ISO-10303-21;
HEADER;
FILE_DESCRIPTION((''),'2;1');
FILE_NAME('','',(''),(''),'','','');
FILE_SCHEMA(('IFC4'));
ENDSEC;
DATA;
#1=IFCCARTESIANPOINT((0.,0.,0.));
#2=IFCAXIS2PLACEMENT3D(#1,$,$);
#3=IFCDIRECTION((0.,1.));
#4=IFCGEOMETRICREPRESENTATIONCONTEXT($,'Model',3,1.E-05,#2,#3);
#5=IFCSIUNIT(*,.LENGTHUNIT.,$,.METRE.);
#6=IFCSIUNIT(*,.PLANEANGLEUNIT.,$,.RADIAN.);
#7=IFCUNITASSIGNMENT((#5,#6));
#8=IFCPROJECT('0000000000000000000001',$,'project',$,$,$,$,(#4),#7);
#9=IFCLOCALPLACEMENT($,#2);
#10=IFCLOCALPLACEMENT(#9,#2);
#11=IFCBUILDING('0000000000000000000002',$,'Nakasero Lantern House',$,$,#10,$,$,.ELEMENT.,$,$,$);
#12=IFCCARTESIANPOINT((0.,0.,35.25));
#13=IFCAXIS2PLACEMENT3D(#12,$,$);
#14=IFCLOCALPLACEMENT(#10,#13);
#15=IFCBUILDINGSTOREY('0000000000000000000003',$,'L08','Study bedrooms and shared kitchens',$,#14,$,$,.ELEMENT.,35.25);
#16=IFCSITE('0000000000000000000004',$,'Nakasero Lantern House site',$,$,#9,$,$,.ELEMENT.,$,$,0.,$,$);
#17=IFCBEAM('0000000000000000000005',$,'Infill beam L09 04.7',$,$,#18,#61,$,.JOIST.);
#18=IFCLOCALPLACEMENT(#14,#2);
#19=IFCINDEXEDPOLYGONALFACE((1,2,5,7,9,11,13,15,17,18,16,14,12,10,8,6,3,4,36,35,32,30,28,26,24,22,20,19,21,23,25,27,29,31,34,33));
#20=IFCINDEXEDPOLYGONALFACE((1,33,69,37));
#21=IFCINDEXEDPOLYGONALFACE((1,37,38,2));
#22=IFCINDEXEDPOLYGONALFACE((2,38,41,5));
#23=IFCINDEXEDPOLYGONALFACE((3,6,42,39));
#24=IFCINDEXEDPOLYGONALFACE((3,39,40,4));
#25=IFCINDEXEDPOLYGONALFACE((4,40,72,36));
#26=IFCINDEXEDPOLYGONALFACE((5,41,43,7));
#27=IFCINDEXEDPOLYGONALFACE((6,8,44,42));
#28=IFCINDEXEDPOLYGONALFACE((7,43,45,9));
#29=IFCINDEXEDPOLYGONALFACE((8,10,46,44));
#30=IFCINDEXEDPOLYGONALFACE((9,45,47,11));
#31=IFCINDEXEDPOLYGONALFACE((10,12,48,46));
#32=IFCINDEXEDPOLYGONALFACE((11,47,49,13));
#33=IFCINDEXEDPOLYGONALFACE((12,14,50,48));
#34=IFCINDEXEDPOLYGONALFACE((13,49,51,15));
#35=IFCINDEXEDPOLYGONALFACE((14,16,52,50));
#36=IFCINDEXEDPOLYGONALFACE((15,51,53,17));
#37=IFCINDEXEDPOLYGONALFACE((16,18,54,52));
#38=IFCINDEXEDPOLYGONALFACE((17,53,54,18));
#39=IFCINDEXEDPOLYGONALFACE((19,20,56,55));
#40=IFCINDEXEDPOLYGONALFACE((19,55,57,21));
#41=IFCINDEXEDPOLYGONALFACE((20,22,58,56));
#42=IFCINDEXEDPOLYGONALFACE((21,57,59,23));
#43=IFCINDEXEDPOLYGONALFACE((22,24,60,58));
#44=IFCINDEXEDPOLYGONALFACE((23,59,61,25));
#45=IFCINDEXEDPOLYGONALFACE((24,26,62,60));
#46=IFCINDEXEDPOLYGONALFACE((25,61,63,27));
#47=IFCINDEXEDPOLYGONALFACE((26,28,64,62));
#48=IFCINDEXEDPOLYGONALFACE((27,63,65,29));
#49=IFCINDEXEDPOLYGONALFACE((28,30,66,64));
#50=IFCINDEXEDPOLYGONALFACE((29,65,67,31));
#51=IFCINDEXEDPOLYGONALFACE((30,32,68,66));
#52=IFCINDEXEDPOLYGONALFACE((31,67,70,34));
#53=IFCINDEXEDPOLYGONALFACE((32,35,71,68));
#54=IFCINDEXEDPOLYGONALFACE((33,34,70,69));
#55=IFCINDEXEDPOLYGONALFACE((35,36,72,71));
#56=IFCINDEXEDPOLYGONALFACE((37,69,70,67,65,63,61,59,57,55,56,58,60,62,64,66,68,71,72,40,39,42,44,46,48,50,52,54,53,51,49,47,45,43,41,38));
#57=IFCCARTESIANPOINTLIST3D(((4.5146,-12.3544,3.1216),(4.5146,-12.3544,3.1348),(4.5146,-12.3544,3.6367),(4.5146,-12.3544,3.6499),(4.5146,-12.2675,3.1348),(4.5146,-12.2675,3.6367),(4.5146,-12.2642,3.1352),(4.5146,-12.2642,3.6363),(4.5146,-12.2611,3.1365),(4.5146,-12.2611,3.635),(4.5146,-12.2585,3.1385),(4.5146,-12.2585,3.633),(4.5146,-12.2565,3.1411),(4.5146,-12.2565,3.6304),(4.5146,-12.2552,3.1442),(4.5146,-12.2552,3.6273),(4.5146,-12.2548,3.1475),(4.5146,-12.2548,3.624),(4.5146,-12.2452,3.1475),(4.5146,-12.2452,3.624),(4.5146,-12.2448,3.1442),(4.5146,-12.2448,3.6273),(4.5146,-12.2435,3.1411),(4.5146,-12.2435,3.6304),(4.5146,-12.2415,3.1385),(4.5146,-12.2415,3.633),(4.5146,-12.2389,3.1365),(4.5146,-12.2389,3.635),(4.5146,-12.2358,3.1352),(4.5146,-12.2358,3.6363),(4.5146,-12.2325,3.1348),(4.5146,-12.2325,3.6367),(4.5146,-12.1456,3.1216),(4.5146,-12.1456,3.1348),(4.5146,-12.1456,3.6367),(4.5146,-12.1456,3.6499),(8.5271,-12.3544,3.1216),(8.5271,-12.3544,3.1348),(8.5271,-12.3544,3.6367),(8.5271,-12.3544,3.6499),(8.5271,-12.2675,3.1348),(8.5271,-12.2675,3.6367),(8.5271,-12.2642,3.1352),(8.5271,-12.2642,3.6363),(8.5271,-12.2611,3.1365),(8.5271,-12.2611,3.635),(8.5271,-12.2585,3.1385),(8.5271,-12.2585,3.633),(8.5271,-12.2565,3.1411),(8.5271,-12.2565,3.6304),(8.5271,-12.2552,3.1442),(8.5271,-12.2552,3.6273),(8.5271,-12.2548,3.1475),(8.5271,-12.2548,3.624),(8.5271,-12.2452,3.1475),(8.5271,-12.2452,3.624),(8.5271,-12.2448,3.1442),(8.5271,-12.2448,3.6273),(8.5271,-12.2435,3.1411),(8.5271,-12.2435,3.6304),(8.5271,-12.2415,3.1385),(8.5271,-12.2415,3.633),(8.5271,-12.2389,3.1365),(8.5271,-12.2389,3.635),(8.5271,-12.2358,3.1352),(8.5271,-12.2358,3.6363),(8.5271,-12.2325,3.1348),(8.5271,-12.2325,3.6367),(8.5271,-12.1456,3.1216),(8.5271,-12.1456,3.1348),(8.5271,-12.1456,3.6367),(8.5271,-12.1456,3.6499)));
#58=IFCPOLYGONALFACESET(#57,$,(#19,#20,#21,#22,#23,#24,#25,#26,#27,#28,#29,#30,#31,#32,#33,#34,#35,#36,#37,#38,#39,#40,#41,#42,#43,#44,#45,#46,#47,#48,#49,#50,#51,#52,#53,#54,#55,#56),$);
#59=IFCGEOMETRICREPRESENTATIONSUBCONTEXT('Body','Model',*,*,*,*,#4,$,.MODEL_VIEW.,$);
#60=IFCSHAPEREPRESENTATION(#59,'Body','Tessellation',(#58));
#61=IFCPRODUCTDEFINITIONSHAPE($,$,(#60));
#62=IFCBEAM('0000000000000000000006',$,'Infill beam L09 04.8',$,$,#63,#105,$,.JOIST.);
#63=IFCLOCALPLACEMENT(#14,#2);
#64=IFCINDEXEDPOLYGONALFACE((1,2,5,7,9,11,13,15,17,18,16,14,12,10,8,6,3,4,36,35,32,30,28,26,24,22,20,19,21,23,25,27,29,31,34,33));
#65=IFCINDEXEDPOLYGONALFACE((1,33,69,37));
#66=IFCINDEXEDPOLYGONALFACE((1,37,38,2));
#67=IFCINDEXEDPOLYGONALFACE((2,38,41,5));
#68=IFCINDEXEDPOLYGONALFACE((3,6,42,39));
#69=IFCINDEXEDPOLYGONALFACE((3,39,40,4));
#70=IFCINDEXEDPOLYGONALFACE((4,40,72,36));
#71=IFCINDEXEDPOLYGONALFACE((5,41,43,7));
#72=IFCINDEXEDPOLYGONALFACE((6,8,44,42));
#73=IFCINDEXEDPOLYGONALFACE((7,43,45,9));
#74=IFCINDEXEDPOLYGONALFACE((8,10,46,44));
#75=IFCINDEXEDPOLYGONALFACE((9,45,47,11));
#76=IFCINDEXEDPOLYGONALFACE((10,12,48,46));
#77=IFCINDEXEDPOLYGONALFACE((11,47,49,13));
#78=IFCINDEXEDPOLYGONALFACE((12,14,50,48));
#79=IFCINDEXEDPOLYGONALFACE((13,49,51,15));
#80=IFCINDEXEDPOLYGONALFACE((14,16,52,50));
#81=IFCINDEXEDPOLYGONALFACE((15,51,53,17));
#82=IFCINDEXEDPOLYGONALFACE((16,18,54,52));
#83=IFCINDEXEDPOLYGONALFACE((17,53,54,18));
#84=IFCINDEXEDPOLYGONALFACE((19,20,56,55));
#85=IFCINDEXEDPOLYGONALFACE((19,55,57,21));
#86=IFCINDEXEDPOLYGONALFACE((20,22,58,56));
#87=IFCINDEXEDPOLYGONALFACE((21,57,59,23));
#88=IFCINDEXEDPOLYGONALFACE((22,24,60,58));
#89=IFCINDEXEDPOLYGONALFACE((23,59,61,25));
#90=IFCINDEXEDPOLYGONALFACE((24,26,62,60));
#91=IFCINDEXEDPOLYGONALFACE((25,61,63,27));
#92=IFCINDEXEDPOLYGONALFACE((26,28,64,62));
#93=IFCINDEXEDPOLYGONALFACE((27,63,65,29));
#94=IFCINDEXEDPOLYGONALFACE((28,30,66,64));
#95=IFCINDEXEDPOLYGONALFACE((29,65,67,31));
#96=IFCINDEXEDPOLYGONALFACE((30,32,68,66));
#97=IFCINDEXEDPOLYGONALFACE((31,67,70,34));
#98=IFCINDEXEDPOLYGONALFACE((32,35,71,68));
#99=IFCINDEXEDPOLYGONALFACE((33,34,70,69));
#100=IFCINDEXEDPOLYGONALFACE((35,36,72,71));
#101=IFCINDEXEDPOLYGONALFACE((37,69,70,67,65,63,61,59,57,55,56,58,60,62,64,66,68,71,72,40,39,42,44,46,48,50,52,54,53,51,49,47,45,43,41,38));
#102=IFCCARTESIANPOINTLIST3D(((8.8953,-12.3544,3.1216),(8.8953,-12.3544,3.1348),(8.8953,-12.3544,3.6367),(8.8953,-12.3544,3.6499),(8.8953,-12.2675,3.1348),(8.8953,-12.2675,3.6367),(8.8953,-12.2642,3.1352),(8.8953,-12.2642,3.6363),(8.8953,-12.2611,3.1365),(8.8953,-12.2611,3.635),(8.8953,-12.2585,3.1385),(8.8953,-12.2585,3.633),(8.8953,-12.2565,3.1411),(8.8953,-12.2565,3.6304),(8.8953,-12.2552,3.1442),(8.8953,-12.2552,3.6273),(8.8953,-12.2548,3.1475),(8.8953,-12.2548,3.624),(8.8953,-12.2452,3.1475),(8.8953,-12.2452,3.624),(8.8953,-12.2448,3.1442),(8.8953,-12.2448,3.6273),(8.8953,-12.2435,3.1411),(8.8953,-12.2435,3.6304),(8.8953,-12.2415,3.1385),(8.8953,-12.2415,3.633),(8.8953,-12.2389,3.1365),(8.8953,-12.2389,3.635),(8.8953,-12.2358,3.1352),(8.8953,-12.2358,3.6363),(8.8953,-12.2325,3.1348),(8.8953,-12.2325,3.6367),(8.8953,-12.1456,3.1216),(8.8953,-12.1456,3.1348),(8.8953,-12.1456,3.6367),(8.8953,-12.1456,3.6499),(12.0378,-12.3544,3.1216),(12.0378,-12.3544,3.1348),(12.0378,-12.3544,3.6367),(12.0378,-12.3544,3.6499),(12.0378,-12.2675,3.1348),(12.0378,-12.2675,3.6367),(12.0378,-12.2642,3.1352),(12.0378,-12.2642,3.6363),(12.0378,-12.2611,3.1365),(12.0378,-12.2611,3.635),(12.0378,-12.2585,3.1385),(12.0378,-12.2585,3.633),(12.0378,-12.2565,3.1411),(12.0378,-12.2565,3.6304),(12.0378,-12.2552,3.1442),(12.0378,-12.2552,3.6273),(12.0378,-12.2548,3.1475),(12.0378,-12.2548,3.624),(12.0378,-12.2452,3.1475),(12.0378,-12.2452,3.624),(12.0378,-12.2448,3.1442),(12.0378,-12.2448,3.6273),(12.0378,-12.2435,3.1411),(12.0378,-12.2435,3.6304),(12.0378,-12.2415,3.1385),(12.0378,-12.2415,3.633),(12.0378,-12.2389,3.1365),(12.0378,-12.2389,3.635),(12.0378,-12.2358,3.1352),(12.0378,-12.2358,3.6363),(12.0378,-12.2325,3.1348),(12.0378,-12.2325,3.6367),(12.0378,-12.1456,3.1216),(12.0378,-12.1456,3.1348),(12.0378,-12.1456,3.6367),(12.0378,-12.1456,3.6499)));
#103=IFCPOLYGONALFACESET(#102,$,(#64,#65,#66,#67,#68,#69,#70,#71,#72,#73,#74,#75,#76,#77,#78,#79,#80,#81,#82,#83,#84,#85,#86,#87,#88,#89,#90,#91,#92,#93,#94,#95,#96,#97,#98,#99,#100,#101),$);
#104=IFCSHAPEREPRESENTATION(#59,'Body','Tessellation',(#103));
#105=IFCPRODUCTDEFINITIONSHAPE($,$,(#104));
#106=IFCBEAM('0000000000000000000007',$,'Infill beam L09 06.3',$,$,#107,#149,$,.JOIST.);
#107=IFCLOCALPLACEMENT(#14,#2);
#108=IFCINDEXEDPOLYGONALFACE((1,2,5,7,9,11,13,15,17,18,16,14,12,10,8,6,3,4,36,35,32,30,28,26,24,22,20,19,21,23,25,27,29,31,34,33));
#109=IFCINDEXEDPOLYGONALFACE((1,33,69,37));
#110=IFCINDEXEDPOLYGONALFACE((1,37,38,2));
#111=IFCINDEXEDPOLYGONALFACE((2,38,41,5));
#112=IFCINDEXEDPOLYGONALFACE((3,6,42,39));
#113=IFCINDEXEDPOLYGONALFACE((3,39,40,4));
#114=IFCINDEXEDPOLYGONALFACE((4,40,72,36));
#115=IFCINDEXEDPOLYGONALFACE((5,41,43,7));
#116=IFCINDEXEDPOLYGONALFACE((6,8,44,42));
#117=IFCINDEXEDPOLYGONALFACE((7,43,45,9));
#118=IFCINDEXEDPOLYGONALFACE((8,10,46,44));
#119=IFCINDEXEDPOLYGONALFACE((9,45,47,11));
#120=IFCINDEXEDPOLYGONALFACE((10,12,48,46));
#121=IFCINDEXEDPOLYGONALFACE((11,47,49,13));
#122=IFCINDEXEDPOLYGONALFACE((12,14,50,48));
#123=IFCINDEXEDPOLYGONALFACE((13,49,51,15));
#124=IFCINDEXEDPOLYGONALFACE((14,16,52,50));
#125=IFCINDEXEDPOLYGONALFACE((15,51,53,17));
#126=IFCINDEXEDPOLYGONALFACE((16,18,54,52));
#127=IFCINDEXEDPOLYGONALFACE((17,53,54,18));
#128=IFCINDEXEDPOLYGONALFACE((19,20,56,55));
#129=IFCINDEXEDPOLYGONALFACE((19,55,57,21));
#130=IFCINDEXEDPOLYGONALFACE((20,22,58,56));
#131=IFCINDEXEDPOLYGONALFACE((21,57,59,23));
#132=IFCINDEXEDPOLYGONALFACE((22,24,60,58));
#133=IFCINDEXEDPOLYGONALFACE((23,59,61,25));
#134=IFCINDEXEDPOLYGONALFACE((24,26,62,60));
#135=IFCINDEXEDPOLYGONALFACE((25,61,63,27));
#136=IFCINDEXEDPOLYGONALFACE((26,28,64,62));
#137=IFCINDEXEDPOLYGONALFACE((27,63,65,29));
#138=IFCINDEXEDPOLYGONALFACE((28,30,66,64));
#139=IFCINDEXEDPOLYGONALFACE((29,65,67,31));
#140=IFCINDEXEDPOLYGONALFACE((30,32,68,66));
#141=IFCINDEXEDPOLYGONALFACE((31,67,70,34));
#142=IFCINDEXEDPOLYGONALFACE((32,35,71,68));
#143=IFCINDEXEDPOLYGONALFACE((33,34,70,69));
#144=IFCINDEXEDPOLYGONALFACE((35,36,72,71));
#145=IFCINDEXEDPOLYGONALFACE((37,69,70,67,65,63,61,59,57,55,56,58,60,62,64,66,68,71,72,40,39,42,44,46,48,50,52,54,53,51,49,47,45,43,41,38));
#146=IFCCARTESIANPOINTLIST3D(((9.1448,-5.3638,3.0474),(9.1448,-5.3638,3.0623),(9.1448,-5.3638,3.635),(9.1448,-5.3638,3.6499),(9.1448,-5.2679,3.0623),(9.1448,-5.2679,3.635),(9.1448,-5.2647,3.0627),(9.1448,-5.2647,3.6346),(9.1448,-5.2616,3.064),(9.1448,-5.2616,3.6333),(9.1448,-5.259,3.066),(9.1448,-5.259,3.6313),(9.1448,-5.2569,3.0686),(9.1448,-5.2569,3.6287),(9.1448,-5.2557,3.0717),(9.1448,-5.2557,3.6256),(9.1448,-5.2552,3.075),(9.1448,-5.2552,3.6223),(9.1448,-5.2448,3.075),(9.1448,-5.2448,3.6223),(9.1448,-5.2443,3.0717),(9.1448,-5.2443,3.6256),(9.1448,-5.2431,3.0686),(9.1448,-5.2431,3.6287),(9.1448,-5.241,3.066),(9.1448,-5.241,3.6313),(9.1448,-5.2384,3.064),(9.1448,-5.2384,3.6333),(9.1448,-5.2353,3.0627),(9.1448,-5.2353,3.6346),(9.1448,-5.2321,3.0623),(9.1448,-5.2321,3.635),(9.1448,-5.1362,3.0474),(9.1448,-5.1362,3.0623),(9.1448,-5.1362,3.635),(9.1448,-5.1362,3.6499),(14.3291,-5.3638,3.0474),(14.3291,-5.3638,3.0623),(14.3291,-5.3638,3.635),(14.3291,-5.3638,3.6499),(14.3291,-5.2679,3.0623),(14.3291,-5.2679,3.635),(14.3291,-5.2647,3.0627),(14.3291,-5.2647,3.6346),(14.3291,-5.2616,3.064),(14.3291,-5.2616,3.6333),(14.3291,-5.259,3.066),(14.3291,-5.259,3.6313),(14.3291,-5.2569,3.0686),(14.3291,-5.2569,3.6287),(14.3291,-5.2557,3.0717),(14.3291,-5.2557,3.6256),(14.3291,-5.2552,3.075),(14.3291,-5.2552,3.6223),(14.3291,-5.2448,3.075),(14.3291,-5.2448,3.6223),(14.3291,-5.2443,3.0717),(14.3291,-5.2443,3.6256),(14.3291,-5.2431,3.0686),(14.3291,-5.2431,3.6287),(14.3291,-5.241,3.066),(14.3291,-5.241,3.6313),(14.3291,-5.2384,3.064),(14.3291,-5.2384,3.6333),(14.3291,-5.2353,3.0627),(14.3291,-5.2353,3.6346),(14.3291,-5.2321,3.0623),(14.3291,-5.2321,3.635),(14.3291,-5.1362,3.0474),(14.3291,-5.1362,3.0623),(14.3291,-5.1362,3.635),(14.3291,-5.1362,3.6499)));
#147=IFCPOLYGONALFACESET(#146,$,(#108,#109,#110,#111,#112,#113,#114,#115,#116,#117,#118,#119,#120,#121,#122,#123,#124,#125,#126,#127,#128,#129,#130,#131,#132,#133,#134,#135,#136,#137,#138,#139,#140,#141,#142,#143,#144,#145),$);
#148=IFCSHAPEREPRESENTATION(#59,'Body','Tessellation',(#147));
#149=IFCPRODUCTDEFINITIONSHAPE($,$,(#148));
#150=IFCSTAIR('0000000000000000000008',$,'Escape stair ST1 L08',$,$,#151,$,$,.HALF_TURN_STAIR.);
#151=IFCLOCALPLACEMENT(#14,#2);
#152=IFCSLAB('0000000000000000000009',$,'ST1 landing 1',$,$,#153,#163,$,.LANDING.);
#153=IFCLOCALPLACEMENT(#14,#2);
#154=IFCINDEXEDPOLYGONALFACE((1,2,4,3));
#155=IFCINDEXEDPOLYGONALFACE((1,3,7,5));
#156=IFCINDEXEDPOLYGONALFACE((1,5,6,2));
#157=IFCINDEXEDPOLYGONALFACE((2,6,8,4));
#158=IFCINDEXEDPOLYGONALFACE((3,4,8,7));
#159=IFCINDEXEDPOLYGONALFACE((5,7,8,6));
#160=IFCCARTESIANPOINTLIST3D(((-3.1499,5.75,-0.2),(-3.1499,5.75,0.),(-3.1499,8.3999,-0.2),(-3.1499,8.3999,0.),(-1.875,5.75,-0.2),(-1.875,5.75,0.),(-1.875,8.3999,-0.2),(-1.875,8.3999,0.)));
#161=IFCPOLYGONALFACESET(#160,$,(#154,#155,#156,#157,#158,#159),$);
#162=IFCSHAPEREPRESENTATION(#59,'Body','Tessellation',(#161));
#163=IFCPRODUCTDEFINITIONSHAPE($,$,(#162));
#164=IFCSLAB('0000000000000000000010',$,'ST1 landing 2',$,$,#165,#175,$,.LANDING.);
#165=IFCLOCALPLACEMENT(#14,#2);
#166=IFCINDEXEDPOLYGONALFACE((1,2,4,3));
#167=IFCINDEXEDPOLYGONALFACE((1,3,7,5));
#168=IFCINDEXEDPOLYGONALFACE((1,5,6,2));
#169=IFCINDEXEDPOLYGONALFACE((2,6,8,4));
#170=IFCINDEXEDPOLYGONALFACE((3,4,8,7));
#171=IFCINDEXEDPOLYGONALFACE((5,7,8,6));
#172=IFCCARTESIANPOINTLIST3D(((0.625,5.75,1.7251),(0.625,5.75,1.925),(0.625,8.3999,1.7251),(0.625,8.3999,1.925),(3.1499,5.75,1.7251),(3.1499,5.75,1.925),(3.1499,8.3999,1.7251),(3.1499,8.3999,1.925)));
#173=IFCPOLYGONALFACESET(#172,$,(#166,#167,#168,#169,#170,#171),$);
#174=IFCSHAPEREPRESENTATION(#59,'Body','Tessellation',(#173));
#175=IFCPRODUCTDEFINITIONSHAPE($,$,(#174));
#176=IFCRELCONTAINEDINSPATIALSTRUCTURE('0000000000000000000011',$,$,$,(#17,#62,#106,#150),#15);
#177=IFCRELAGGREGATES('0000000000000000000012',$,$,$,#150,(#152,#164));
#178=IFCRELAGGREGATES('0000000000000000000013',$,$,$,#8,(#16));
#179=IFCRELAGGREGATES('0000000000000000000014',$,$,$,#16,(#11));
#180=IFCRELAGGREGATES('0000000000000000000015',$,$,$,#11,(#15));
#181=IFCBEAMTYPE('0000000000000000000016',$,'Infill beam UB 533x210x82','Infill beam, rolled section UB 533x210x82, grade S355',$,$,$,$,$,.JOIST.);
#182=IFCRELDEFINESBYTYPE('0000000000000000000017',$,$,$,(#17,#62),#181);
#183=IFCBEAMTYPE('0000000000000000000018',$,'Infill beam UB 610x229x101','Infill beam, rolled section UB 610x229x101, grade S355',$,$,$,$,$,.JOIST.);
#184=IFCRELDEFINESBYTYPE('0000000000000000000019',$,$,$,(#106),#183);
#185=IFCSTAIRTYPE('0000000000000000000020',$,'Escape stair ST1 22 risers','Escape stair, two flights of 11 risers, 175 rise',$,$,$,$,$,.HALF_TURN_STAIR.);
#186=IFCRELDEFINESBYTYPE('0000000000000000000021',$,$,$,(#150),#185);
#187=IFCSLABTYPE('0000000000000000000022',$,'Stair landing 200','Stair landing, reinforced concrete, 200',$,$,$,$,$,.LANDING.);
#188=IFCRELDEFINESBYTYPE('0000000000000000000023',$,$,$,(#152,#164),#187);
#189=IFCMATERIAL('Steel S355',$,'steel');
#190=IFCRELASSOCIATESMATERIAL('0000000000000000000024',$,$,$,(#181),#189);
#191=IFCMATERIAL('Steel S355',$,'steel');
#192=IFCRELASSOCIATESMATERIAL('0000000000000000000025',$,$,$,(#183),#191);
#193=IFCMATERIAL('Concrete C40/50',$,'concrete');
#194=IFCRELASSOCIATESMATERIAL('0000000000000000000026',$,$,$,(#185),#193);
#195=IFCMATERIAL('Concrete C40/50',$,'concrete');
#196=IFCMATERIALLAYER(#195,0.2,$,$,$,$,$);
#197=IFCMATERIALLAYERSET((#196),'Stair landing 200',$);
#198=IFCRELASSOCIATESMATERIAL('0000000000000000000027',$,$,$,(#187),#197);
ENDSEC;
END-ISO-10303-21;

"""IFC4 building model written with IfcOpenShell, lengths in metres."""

from ifc_helpers import new_model, si_unit, direction, frame, origin, origin_2d, place, context, subcontext, project, spatial, polyline, i_section, outline, extrude, material, layer, layer_set, material_profile, profile_set, type_object, element, aggregate, save


model = new_model("IFC4")

# Units and contexts
model_context = context("Model", 3, precision=1e-05, world=origin(), true_north=direction((0.0, 1.0)))
body_context = subcontext(model_context, "Body", "Model", "MODEL_VIEW")
ifc_project = project(units=[si_unit("LENGTHUNIT", "METRE"), si_unit("PLANEANGLEUNIT", "RADIAN")], contexts=[model_context])

# Site, building, storey
site_placement = place(None, origin())
site = spatial("IfcSite", under=ifc_project, at=site_placement, Name="Nakasero Lantern House site", CompositionType="ELEMENT", RefElevation=0.0)
building_placement = place(site_placement, origin())
building = spatial("IfcBuilding", under=site, at=building_placement, Name="Nakasero Lantern House", CompositionType="ELEMENT")
storey_placement = place(building_placement, frame((0.0, 0.0, 35.25)))
storey = spatial("IfcBuildingStorey", under=building, at=storey_placement, Name="L08", Description="Study bedrooms and shared kitchens", CompositionType="ELEMENT", Elevation=35.25)

# Beams
ifc_material_1 = material(Name="Steel S355", Category="steel")
ifc_material_profile_1 = material_profile(ifc_material_1, i_section(OverallWidth=0.2087, OverallDepth=0.5283, WebThickness=0.0095, FlangeThickness=0.0132, FilletRadius=0.0127, at=origin_2d()), Name="UB 533x210x82")
ifc_profile_set_1 = profile_set([ifc_material_profile_1], Name="Steel S355")
beam_type_1 = type_object("IfcBeamType", Name="Infill beam UB 533x210x82", Description="Infill beam, rolled section UB 533x210x82, grade S355", PredefinedType="JOIST", material=ifc_profile_set_1)
beam_1_placement = place(storey_placement, frame((4.5146, -12.25, 3.3857), z_axis=(1.0, 0.0, 0.0), x_axis=(0.0, 1.0, 0.0)))
element("IfcBeam", 1, at=beam_1_placement, inside=storey, type_object=beam_type_1, Name="Infill beam L09 04.7", PredefinedType="JOIST", context=body_context, shape_type="SweptSolid", body=[
    extrude(i_section(OverallWidth=0.2087, OverallDepth=0.5283, WebThickness=0.0095, FlangeThickness=0.0132, FilletRadius=0.0127, at=origin_2d()), origin(), (0.0, 0.0, 1.0), 4.0125),
])
beam_2_placement = place(storey_placement, frame((8.8953, -12.25, 3.3857), z_axis=(1.0, 0.0, 0.0), x_axis=(0.0, 1.0, 0.0)))
element("IfcBeam", 2, at=beam_2_placement, inside=storey, type_object=beam_type_1, Name="Infill beam L09 04.8", PredefinedType="JOIST", context=body_context, shape_type="SweptSolid", body=[
    extrude(i_section(OverallWidth=0.2087, OverallDepth=0.5283, WebThickness=0.0095, FlangeThickness=0.0132, FilletRadius=0.0127, at=origin_2d()), origin(), (0.0, 0.0, 1.0), 3.1426),
])
ifc_material_2 = material(Name="Steel S355", Category="steel")
ifc_material_profile_2 = material_profile(ifc_material_2, i_section(OverallWidth=0.2275, OverallDepth=0.6025, WebThickness=0.0105, FlangeThickness=0.0149, FilletRadius=0.0127, at=origin_2d()), Name="UB 610x229x101")
ifc_profile_set_2 = profile_set([ifc_material_profile_2], Name="Steel S355")
beam_type_2 = type_object("IfcBeamType", Name="Infill beam UB 610x229x101", Description="Infill beam, rolled section UB 610x229x101, grade S355", PredefinedType="JOIST", material=ifc_profile_set_2)
beam_3_placement = place(storey_placement, frame((9.1448, -5.25, 3.3486), z_axis=(1.0, 0.0, 0.0), x_axis=(0.0, 1.0, 0.0)))
element("IfcBeam", 3, at=beam_3_placement, inside=storey, type_object=beam_type_2, Name="Infill beam L09 06.3", PredefinedType="JOIST", context=body_context, shape_type="SweptSolid", body=[
    extrude(i_section(OverallWidth=0.2275, OverallDepth=0.6025, WebThickness=0.0105, FlangeThickness=0.0149, FilletRadius=0.0127, at=origin_2d()), origin(), (0.0, 0.0, 1.0), 5.1843),
])

# Stair, slabs
ifc_material_3 = material(Name="Concrete C40/50", Category="concrete")
stair_type_1 = type_object("IfcStairType", Name="Escape stair ST1 22 risers", Description="Escape stair, two flights of 11 risers, 175 rise", PredefinedType="HALF_TURN_STAIR", material=ifc_material_3)
stair_1_placement = place(storey_placement, origin())
stair_1 = element("IfcStair", 4, at=stair_1_placement, inside=storey, type_object=stair_type_1, Name="Escape stair ST1 L08", PredefinedType="HALF_TURN_STAIR")
ifc_material_4 = material(Name="Concrete C40/50", Category="concrete")
ifc_layer_1 = layer(ifc_material_4, 0.2)
ifc_layer_set_1 = layer_set([ifc_layer_1], Name="Stair landing 200")
slab_type = type_object("IfcSlabType", Name="Stair landing 200", Description="Stair landing, reinforced concrete, 200", PredefinedType="LANDING", material=ifc_layer_set_1)
slab_1_placement = place(storey_placement, frame((0.0, 0.0, -0.2)))
slab_1 = element("IfcSlab", 5, at=slab_1_placement, type_object=slab_type, Name="ST1 landing 1", PredefinedType="LANDING", context=body_context, shape_type="SweptSolid", body=[
    extrude(outline(polyline([(-3.1499, 5.75), (-1.875, 5.75), (-1.875, 8.3999), (-3.1499, 8.3999), (-3.1499, 5.75)])), origin(), (0.0, 0.0, 1.0), 0.2),
])
slab_2_placement = place(storey_placement, frame((0.0, 0.0, 1.7251)))
slab_2 = element("IfcSlab", 6, at=slab_2_placement, type_object=slab_type, Name="ST1 landing 2", PredefinedType="LANDING", context=body_context, shape_type="SweptSolid", body=[
    extrude(outline(polyline([(0.625, 5.75), (3.1499, 5.75), (3.1499, 8.3999), (0.625, 8.3999), (0.625, 5.75)])), origin(), (0.0, 0.0, 1.0), 0.2),
])
aggregate(stair_1, [slab_1, slab_2])

save(model, "model.ifc")
